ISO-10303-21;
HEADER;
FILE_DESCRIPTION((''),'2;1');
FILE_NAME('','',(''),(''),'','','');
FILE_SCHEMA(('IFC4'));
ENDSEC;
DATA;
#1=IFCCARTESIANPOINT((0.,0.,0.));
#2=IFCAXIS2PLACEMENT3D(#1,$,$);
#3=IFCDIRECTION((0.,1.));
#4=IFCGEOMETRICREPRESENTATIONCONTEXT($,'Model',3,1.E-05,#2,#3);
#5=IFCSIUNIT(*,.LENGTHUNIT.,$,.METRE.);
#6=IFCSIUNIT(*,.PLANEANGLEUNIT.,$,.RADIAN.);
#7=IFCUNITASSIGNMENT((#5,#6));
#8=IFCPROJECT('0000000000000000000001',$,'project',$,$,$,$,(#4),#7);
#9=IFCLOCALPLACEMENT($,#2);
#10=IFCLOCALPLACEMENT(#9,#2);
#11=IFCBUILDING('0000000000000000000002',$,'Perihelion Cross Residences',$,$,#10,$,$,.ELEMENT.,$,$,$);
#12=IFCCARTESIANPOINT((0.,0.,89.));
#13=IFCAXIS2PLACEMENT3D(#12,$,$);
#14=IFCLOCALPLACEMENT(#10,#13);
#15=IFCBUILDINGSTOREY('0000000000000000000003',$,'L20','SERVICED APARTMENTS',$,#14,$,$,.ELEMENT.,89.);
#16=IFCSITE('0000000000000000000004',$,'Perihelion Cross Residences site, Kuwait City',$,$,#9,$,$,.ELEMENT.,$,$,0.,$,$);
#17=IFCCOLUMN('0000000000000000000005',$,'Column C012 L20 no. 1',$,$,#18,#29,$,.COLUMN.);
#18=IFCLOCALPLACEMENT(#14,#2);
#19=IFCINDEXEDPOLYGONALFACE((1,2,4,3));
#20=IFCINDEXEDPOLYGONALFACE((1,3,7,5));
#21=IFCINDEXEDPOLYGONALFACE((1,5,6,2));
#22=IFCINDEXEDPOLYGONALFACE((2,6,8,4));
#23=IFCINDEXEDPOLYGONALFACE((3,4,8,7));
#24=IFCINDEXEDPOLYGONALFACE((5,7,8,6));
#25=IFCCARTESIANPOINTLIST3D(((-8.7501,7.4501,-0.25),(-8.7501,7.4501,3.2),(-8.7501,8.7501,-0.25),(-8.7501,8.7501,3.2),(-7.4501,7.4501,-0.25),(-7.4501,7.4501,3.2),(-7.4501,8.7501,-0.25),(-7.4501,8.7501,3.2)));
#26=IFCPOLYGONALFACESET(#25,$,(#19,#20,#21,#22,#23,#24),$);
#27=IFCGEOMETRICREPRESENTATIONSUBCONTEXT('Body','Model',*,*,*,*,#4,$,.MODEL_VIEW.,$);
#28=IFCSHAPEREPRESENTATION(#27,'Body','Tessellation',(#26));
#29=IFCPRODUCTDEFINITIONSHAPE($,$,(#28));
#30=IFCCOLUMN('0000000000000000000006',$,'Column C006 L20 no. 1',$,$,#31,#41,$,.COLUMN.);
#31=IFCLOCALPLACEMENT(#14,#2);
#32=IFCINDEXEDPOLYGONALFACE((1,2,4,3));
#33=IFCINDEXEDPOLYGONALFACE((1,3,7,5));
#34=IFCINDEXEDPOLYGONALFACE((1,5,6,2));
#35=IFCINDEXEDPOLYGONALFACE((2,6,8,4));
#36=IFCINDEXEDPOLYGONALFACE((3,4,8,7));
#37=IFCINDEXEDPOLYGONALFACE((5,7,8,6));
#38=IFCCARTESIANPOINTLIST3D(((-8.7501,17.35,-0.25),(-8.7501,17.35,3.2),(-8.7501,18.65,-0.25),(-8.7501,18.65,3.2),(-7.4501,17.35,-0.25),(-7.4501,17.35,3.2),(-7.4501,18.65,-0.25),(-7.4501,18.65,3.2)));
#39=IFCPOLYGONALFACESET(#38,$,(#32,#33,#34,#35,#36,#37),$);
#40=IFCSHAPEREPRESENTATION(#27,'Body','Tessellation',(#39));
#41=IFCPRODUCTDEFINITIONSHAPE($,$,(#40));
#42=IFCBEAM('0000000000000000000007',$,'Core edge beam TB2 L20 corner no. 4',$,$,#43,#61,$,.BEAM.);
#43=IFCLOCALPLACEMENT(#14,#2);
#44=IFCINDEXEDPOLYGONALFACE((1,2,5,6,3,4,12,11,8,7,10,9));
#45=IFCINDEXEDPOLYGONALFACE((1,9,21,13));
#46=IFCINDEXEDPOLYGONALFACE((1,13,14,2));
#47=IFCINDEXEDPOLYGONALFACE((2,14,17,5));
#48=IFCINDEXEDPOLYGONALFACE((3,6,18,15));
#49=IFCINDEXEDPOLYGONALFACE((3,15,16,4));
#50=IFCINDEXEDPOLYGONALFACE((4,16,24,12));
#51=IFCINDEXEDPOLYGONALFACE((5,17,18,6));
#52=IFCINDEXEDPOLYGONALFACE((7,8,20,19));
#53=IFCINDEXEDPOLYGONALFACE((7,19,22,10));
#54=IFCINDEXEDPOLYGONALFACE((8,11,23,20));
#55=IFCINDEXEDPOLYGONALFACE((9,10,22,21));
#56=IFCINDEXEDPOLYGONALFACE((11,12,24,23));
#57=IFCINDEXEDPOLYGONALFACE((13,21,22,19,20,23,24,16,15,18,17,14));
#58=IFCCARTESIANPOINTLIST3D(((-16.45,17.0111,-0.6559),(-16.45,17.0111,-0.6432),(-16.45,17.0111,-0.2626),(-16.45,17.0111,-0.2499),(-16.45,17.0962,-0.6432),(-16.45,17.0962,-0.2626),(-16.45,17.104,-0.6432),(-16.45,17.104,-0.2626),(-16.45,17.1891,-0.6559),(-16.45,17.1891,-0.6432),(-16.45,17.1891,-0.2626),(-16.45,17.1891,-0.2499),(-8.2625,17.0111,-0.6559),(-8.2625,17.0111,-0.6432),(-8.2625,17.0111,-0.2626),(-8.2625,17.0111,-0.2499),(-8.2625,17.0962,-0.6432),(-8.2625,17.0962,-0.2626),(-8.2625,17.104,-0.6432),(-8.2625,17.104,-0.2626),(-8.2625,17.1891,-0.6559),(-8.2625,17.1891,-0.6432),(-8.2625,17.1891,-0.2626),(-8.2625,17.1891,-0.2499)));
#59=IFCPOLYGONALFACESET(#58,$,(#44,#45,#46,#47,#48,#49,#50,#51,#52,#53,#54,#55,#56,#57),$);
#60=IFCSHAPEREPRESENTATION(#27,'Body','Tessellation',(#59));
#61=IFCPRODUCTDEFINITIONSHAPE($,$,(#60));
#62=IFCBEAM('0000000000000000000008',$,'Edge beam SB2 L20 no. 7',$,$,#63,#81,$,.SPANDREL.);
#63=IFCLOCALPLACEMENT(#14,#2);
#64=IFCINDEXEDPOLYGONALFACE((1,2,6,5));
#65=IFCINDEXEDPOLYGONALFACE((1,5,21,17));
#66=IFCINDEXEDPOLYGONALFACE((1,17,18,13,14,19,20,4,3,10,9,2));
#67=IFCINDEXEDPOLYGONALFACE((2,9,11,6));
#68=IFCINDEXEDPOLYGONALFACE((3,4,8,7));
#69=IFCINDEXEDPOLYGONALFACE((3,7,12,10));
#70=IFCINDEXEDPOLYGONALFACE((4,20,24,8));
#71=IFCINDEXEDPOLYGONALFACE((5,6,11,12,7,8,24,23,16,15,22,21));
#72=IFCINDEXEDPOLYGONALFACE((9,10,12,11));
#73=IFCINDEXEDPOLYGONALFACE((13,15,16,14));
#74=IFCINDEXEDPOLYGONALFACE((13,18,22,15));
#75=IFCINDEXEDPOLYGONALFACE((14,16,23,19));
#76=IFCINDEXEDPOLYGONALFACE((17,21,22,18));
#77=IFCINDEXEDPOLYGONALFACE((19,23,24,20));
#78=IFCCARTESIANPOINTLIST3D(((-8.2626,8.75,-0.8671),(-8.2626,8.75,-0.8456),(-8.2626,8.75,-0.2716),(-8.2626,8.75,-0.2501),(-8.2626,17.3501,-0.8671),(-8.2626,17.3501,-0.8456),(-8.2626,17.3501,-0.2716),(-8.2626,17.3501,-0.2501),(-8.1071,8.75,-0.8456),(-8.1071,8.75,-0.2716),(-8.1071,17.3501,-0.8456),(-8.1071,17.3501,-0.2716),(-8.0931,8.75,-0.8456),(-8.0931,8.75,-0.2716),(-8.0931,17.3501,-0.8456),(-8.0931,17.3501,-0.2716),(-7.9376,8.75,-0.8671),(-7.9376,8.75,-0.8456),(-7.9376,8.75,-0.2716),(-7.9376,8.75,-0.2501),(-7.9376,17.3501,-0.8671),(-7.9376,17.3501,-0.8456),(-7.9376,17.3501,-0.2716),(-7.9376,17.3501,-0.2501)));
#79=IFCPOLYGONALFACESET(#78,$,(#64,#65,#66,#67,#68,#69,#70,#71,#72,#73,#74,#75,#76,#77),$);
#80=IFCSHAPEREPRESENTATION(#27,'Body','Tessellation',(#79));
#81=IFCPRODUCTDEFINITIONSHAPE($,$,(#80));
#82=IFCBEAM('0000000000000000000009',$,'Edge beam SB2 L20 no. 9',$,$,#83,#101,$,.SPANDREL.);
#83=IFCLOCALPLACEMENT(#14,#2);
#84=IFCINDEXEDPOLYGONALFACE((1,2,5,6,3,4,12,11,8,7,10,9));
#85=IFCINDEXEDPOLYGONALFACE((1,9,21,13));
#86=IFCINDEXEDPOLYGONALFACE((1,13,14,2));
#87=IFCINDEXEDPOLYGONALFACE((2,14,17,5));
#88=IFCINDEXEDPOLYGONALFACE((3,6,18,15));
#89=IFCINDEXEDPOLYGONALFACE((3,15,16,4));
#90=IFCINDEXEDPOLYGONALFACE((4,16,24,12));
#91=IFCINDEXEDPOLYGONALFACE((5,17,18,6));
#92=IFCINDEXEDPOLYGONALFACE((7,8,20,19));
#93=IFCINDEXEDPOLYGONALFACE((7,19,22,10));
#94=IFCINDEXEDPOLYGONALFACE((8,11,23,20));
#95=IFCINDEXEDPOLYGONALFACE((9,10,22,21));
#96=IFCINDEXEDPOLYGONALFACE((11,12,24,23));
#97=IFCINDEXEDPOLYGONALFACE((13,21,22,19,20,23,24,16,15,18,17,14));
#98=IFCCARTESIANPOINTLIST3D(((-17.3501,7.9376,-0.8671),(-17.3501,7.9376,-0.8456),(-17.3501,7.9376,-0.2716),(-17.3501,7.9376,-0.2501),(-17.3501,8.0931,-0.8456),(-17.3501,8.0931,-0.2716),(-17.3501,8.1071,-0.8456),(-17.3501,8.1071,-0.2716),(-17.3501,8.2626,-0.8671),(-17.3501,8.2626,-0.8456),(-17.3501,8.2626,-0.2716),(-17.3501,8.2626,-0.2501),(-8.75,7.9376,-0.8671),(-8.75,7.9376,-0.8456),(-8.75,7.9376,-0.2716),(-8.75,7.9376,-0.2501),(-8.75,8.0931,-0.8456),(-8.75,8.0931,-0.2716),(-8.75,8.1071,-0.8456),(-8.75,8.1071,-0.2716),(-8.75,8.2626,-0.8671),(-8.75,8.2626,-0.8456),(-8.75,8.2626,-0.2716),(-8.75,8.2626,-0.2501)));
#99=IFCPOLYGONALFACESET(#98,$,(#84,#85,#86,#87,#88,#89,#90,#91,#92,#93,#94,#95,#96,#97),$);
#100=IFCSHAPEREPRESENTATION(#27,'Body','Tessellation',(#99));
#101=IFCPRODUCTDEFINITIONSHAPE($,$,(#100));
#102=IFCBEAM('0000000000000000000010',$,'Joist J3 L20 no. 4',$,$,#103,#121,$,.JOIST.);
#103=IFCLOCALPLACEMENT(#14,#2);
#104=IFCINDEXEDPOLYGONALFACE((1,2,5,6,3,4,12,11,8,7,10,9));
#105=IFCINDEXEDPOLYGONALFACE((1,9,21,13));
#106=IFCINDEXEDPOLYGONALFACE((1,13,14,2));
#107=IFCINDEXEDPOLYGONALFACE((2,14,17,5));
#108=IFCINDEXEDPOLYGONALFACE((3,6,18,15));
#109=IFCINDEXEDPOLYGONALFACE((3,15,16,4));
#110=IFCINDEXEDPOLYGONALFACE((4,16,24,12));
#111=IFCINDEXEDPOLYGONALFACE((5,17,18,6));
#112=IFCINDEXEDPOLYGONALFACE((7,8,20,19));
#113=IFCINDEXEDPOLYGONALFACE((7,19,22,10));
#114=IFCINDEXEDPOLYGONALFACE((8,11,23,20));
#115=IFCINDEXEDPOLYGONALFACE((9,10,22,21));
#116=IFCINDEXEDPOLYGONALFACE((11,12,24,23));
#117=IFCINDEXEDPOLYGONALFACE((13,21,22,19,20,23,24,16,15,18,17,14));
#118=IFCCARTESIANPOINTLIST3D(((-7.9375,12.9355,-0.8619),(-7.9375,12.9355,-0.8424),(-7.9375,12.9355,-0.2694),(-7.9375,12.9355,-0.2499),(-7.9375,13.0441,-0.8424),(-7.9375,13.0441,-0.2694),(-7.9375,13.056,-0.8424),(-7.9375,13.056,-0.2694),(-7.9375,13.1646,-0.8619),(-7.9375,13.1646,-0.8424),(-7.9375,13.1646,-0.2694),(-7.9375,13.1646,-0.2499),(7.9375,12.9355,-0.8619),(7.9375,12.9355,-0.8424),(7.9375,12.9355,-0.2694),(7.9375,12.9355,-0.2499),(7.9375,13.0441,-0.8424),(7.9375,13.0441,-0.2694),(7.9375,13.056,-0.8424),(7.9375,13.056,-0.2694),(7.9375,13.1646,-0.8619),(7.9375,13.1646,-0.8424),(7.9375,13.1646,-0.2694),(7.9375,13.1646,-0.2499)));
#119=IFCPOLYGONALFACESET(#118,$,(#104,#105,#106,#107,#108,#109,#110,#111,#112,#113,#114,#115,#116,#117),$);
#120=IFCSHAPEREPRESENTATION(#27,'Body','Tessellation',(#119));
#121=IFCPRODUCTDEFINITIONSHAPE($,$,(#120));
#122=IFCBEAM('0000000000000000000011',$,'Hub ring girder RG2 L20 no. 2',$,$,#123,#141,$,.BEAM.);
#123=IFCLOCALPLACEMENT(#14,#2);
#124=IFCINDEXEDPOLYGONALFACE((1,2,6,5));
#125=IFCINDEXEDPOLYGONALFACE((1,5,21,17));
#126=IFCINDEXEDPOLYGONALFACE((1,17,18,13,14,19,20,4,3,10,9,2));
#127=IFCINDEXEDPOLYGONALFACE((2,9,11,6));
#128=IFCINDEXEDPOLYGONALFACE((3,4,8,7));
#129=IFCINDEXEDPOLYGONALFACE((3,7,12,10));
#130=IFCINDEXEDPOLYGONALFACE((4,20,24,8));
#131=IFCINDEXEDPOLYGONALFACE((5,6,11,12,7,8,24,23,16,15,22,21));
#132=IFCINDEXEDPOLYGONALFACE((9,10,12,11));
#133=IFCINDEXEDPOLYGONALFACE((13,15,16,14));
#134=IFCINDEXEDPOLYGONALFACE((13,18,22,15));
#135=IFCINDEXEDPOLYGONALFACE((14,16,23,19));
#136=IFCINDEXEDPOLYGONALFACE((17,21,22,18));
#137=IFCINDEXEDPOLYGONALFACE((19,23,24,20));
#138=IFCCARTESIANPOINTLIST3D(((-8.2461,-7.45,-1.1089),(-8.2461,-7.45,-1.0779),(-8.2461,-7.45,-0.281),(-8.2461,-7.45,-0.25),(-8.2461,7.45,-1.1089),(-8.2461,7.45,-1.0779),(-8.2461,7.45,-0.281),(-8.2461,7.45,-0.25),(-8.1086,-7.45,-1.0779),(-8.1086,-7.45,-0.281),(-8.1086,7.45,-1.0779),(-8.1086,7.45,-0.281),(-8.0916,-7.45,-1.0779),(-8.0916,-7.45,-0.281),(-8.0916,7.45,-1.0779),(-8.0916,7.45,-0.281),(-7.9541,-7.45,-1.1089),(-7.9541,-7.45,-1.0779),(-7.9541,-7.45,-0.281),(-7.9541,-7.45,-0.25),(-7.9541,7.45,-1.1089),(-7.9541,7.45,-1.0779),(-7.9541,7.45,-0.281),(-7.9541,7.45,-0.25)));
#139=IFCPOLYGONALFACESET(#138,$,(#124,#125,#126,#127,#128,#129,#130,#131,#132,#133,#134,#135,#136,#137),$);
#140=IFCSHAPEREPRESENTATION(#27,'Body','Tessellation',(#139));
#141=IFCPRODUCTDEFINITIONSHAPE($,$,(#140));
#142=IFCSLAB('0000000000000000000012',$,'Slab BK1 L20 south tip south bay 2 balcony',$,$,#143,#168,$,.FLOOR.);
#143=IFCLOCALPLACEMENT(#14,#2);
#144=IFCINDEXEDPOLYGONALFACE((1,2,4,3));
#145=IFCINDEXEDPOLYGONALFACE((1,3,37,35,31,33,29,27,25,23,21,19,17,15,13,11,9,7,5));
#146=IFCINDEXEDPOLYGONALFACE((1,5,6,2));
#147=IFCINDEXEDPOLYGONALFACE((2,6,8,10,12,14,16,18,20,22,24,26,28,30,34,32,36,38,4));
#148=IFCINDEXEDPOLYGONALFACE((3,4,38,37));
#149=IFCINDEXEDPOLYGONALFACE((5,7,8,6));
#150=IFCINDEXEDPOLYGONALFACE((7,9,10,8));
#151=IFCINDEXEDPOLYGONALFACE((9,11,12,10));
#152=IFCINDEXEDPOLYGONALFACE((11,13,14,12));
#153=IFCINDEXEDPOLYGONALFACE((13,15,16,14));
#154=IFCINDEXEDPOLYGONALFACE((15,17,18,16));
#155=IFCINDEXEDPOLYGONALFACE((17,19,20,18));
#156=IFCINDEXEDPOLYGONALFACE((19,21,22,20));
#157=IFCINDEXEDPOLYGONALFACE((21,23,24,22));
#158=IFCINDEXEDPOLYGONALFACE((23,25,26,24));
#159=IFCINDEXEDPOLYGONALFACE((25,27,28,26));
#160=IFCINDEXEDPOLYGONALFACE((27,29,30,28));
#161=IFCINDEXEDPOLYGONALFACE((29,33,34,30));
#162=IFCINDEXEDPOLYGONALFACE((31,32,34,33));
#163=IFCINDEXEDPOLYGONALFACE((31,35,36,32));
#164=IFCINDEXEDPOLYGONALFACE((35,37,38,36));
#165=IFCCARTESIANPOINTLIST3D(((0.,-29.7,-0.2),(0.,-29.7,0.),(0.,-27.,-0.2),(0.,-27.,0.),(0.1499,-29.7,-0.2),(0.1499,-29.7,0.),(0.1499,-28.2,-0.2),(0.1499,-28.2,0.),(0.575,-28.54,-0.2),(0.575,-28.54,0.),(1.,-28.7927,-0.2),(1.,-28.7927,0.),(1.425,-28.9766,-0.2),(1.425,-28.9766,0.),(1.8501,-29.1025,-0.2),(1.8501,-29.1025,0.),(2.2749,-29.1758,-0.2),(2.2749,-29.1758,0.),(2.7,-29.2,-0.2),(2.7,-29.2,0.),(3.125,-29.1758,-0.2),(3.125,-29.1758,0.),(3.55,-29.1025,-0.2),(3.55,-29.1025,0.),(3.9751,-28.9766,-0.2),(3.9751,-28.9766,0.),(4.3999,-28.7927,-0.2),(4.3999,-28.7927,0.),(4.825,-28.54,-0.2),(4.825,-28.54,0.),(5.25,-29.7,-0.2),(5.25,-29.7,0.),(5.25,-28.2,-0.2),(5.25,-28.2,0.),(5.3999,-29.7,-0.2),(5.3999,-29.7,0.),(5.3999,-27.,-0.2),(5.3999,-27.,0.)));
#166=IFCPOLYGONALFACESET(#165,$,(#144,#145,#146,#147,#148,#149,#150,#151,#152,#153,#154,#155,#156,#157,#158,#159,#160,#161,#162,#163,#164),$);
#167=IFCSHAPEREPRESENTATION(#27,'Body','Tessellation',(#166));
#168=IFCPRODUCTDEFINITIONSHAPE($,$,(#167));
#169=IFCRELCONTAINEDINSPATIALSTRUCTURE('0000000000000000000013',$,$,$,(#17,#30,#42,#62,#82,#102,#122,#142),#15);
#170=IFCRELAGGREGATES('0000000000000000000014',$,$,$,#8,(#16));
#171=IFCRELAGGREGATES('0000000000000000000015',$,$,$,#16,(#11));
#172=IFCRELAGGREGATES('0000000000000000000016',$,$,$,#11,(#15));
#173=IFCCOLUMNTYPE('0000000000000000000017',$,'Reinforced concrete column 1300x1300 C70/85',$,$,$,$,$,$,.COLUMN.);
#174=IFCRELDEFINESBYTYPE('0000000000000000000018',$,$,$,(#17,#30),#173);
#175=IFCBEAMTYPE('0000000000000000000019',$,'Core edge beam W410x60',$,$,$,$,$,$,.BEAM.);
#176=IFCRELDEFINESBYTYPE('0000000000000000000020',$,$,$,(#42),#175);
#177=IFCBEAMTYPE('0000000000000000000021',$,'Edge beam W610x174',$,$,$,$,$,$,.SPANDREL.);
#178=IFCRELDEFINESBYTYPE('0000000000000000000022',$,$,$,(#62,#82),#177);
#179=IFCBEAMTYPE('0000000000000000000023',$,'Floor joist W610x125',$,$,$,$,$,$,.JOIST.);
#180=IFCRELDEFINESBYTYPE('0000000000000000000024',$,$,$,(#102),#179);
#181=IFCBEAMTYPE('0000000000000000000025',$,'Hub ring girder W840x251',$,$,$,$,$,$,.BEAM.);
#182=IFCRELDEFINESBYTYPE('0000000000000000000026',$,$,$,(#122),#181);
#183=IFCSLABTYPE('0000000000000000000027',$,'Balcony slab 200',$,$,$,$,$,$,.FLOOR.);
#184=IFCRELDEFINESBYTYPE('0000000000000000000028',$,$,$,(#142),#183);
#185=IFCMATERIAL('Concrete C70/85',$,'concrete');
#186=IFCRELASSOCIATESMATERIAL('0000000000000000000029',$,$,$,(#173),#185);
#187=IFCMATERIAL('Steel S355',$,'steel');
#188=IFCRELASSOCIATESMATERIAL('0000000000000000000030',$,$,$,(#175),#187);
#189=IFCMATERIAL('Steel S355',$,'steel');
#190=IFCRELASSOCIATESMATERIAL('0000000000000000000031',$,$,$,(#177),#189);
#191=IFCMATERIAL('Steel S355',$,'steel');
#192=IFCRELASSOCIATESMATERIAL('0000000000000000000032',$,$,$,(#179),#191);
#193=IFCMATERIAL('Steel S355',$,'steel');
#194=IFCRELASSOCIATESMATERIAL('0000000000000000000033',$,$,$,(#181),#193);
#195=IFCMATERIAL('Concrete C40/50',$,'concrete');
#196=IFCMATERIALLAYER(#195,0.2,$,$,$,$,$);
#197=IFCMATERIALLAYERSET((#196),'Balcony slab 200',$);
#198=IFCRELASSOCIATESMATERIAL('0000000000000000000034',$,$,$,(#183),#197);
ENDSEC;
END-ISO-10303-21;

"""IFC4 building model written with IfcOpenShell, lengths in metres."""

from ifc_helpers import new_model, si_unit, direction, frame, origin, origin_2d, place, context, subcontext, project, spatial, polyline, rectangle, i_section, outline, extrude, material, layer, layer_set, material_profile, profile_set, type_object, element, save


model = new_model("IFC4")

# Units and contexts
model_context = context("Model", 3, precision=1e-05, world=origin(), true_north=direction((0.0, 1.0)))
body_context = subcontext(model_context, "Body", "Model", "MODEL_VIEW")
ifc_project = project(units=[si_unit("LENGTHUNIT", "METRE"), si_unit("PLANEANGLEUNIT", "RADIAN")], contexts=[model_context])

# Site, building, storey
site_placement = place(None, origin())
site = spatial("IfcSite", under=ifc_project, at=site_placement, Name="Perihelion Cross Residences site, Kuwait City", CompositionType="ELEMENT", RefElevation=0.0)
building_placement = place(site_placement, origin())
building = spatial("IfcBuilding", under=site, at=building_placement, Name="Perihelion Cross Residences", CompositionType="ELEMENT")
storey_placement = place(building_placement, frame((0.0, 0.0, 89.0)))
storey = spatial("IfcBuildingStorey", under=building, at=storey_placement, Name="L20", Description="SERVICED APARTMENTS", CompositionType="ELEMENT", Elevation=89.0)

# Columns
ifc_material_1 = material(Name="Concrete C70/85", Category="concrete")
ifc_material_profile_1 = material_profile(ifc_material_1, rectangle(XDim=1.3, YDim=1.3, at=origin_2d()), Name="RC 1300x1300")
ifc_profile_set_1 = profile_set([ifc_material_profile_1], Name="Concrete C70/85")
column_type = type_object("IfcColumnType", Name="Reinforced concrete column 1300x1300 C70/85", PredefinedType="COLUMN", material=ifc_profile_set_1)
for number, where, z_axis, x_axis, name in (
    (1, (-8.1001, 8.1001, -0.25), (0.0, 0.0, 1.0), (1.0, 0.0, 0.0), "Column C012 L20 no. 1"),
    (2, (-8.1001, 18.0, -0.25), (0.0, 0.0, 1.0), (1.0, 0.0, 0.0), "Column C006 L20 no. 1"),
):
    element("IfcColumn", number, at=place(storey_placement, frame(where, z_axis=z_axis, x_axis=x_axis)), inside=storey, type_object=column_type, Name=name, PredefinedType="COLUMN", context=body_context, shape_type="SweptSolid", body=[
        extrude(rectangle(XDim=1.3, YDim=1.3, at=origin_2d()), origin(), (0.0, 0.0, 1.0), 3.45),
    ])

# Beams
ifc_material_2 = material(Name="Steel S355", Category="steel")
ifc_material_profile_2 = material_profile(ifc_material_2, i_section(OverallWidth=0.178, OverallDepth=0.406, WebThickness=0.0078, FlangeThickness=0.0127, at=origin_2d()), Name="W410x60")
ifc_profile_set_2 = profile_set([ifc_material_profile_2], Name="Steel S355")
beam_type_1 = type_object("IfcBeamType", Name="Core edge beam W410x60", PredefinedType="BEAM", material=ifc_profile_set_2)
beam_1_placement = place(storey_placement, frame((-8.2625, 17.1001, -0.4529), z_axis=(-1.0, 0.0, 0.0), x_axis=(0.0, -1.0, 0.0)))
element("IfcBeam", 3, at=beam_1_placement, inside=storey, type_object=beam_type_1, Name="Core edge beam TB2 L20 corner no. 4", PredefinedType="BEAM", context=body_context, shape_type="SweptSolid", body=[
    extrude(i_section(OverallWidth=0.178, OverallDepth=0.406, WebThickness=0.0078, FlangeThickness=0.0127, at=origin_2d()), origin(), (0.0, 0.0, 1.0), 8.1875),
])
ifc_material_3 = material(Name="Steel S355", Category="steel")
ifc_material_profile_3 = material_profile(ifc_material_3, i_section(OverallWidth=0.325, OverallDepth=0.6169, WebThickness=0.0139, FlangeThickness=0.0215, at=origin_2d()), Name="W610x174")
ifc_profile_set_3 = profile_set([ifc_material_profile_3], Name="Steel S355")
beam_type_2 = type_object("IfcBeamType", Name="Edge beam W610x174", PredefinedType="SPANDREL", material=ifc_profile_set_3)
for number, where, z_axis, x_axis, name in (
    (4, (-8.1001, 17.3501, -0.5586), (0.0, -1.0, 0.0), (1.0, 0.0, 0.0), "Edge beam SB2 L20 no. 7"),
    (5, (-8.75, 8.1001, -0.5586), (-1.0, 0.0, 0.0), (0.0, -1.0, 0.0), "Edge beam SB2 L20 no. 9"),
):
    element("IfcBeam", number, at=place(storey_placement, frame(where, z_axis=z_axis, x_axis=x_axis)), inside=storey, type_object=beam_type_2, Name=name, PredefinedType="SPANDREL", context=body_context, shape_type="SweptSolid", body=[
        extrude(i_section(OverallWidth=0.325, OverallDepth=0.6169, WebThickness=0.0139, FlangeThickness=0.0215, at=origin_2d()), origin(), (0.0, 0.0, 1.0), 8.6001),
    ])
ifc_material_4 = material(Name="Steel S355", Category="steel")
ifc_material_profile_4 = material_profile(ifc_material_4, i_section(OverallWidth=0.229, OverallDepth=0.6121, WebThickness=0.012, FlangeThickness=0.0195, at=origin_2d()), Name="W610x125")
ifc_profile_set_4 = profile_set([ifc_material_profile_4], Name="Steel S355")
beam_type_3 = type_object("IfcBeamType", Name="Floor joist W610x125", PredefinedType="JOIST", material=ifc_profile_set_4)
beam_2_placement = place(storey_placement, frame((-7.9375, 13.05, -0.5559), z_axis=(1.0, 0.0, 0.0), x_axis=(0.0, 1.0, 0.0)))
element("IfcBeam", 6, at=beam_2_placement, inside=storey, type_object=beam_type_3, Name="Joist J3 L20 no. 4", PredefinedType="JOIST", context=body_context, shape_type="SweptSolid", body=[
    extrude(i_section(OverallWidth=0.229, OverallDepth=0.6121, WebThickness=0.012, FlangeThickness=0.0195, at=origin_2d()), origin(), (0.0, 0.0, 1.0), 15.875),
])
ifc_material_5 = material(Name="Steel S355", Category="steel")
ifc_material_profile_5 = material_profile(ifc_material_5, i_section(OverallWidth=0.292, OverallDepth=0.8589, WebThickness=0.0171, FlangeThickness=0.031, at=origin_2d()), Name="W840x251")
ifc_profile_set_5 = profile_set([ifc_material_profile_5], Name="Steel S355")
beam_type_4 = type_object("IfcBeamType", Name="Hub ring girder W840x251", PredefinedType="BEAM", material=ifc_profile_set_5)
beam_3_placement = place(storey_placement, frame((-8.1001, 7.45, -0.6794), z_axis=(0.0, -1.0, 0.0), x_axis=(1.0, 0.0, 0.0)))
element("IfcBeam", 7, at=beam_3_placement, inside=storey, type_object=beam_type_4, Name="Hub ring girder RG2 L20 no. 2", PredefinedType="BEAM", context=body_context, shape_type="SweptSolid", body=[
    extrude(i_section(OverallWidth=0.292, OverallDepth=0.8589, WebThickness=0.0171, FlangeThickness=0.031, at=origin_2d()), origin(), (0.0, 0.0, 1.0), 14.8999),
])

# Slab
ifc_material_6 = material(Name="Concrete C40/50", Category="concrete")
ifc_layer_1 = layer(ifc_material_6, 0.2)
ifc_layer_set_1 = layer_set([ifc_layer_1], Name="Balcony slab 200")
slab_type_1 = type_object("IfcSlabType", Name="Balcony slab 200", PredefinedType="FLOOR", material=ifc_layer_set_1)
slab_1_placement = place(storey_placement, frame((0.0, 0.0, -0.2)))
element("IfcSlab", 8, at=slab_1_placement, inside=storey, type_object=slab_type_1, Name="Slab BK1 L20 south tip south bay 2 balcony", PredefinedType="FLOOR", context=body_context, shape_type="SweptSolid", body=[
    extrude(outline(polyline([(0.0, -27.0), (5.3999, -27.0), (5.3999, -29.7), (5.25, -29.7), (5.25, -28.2), (4.825, -28.54), (4.3999, -28.7927), (3.9751, -28.9766), (3.55, -29.1025), (3.125, -29.1758), (2.7, -29.2), (2.2749, -29.1758), (1.8501, -29.1025), (1.425, -28.9766), (1.0, -28.7927), (0.575, -28.54), (0.1499, -28.2), (0.1499, -29.7), (0.0, -29.7), (0.0, -27.0)])), origin(), (0.0, 0.0, 1.0), 0.2),
])

save(model, "model.ifc")
